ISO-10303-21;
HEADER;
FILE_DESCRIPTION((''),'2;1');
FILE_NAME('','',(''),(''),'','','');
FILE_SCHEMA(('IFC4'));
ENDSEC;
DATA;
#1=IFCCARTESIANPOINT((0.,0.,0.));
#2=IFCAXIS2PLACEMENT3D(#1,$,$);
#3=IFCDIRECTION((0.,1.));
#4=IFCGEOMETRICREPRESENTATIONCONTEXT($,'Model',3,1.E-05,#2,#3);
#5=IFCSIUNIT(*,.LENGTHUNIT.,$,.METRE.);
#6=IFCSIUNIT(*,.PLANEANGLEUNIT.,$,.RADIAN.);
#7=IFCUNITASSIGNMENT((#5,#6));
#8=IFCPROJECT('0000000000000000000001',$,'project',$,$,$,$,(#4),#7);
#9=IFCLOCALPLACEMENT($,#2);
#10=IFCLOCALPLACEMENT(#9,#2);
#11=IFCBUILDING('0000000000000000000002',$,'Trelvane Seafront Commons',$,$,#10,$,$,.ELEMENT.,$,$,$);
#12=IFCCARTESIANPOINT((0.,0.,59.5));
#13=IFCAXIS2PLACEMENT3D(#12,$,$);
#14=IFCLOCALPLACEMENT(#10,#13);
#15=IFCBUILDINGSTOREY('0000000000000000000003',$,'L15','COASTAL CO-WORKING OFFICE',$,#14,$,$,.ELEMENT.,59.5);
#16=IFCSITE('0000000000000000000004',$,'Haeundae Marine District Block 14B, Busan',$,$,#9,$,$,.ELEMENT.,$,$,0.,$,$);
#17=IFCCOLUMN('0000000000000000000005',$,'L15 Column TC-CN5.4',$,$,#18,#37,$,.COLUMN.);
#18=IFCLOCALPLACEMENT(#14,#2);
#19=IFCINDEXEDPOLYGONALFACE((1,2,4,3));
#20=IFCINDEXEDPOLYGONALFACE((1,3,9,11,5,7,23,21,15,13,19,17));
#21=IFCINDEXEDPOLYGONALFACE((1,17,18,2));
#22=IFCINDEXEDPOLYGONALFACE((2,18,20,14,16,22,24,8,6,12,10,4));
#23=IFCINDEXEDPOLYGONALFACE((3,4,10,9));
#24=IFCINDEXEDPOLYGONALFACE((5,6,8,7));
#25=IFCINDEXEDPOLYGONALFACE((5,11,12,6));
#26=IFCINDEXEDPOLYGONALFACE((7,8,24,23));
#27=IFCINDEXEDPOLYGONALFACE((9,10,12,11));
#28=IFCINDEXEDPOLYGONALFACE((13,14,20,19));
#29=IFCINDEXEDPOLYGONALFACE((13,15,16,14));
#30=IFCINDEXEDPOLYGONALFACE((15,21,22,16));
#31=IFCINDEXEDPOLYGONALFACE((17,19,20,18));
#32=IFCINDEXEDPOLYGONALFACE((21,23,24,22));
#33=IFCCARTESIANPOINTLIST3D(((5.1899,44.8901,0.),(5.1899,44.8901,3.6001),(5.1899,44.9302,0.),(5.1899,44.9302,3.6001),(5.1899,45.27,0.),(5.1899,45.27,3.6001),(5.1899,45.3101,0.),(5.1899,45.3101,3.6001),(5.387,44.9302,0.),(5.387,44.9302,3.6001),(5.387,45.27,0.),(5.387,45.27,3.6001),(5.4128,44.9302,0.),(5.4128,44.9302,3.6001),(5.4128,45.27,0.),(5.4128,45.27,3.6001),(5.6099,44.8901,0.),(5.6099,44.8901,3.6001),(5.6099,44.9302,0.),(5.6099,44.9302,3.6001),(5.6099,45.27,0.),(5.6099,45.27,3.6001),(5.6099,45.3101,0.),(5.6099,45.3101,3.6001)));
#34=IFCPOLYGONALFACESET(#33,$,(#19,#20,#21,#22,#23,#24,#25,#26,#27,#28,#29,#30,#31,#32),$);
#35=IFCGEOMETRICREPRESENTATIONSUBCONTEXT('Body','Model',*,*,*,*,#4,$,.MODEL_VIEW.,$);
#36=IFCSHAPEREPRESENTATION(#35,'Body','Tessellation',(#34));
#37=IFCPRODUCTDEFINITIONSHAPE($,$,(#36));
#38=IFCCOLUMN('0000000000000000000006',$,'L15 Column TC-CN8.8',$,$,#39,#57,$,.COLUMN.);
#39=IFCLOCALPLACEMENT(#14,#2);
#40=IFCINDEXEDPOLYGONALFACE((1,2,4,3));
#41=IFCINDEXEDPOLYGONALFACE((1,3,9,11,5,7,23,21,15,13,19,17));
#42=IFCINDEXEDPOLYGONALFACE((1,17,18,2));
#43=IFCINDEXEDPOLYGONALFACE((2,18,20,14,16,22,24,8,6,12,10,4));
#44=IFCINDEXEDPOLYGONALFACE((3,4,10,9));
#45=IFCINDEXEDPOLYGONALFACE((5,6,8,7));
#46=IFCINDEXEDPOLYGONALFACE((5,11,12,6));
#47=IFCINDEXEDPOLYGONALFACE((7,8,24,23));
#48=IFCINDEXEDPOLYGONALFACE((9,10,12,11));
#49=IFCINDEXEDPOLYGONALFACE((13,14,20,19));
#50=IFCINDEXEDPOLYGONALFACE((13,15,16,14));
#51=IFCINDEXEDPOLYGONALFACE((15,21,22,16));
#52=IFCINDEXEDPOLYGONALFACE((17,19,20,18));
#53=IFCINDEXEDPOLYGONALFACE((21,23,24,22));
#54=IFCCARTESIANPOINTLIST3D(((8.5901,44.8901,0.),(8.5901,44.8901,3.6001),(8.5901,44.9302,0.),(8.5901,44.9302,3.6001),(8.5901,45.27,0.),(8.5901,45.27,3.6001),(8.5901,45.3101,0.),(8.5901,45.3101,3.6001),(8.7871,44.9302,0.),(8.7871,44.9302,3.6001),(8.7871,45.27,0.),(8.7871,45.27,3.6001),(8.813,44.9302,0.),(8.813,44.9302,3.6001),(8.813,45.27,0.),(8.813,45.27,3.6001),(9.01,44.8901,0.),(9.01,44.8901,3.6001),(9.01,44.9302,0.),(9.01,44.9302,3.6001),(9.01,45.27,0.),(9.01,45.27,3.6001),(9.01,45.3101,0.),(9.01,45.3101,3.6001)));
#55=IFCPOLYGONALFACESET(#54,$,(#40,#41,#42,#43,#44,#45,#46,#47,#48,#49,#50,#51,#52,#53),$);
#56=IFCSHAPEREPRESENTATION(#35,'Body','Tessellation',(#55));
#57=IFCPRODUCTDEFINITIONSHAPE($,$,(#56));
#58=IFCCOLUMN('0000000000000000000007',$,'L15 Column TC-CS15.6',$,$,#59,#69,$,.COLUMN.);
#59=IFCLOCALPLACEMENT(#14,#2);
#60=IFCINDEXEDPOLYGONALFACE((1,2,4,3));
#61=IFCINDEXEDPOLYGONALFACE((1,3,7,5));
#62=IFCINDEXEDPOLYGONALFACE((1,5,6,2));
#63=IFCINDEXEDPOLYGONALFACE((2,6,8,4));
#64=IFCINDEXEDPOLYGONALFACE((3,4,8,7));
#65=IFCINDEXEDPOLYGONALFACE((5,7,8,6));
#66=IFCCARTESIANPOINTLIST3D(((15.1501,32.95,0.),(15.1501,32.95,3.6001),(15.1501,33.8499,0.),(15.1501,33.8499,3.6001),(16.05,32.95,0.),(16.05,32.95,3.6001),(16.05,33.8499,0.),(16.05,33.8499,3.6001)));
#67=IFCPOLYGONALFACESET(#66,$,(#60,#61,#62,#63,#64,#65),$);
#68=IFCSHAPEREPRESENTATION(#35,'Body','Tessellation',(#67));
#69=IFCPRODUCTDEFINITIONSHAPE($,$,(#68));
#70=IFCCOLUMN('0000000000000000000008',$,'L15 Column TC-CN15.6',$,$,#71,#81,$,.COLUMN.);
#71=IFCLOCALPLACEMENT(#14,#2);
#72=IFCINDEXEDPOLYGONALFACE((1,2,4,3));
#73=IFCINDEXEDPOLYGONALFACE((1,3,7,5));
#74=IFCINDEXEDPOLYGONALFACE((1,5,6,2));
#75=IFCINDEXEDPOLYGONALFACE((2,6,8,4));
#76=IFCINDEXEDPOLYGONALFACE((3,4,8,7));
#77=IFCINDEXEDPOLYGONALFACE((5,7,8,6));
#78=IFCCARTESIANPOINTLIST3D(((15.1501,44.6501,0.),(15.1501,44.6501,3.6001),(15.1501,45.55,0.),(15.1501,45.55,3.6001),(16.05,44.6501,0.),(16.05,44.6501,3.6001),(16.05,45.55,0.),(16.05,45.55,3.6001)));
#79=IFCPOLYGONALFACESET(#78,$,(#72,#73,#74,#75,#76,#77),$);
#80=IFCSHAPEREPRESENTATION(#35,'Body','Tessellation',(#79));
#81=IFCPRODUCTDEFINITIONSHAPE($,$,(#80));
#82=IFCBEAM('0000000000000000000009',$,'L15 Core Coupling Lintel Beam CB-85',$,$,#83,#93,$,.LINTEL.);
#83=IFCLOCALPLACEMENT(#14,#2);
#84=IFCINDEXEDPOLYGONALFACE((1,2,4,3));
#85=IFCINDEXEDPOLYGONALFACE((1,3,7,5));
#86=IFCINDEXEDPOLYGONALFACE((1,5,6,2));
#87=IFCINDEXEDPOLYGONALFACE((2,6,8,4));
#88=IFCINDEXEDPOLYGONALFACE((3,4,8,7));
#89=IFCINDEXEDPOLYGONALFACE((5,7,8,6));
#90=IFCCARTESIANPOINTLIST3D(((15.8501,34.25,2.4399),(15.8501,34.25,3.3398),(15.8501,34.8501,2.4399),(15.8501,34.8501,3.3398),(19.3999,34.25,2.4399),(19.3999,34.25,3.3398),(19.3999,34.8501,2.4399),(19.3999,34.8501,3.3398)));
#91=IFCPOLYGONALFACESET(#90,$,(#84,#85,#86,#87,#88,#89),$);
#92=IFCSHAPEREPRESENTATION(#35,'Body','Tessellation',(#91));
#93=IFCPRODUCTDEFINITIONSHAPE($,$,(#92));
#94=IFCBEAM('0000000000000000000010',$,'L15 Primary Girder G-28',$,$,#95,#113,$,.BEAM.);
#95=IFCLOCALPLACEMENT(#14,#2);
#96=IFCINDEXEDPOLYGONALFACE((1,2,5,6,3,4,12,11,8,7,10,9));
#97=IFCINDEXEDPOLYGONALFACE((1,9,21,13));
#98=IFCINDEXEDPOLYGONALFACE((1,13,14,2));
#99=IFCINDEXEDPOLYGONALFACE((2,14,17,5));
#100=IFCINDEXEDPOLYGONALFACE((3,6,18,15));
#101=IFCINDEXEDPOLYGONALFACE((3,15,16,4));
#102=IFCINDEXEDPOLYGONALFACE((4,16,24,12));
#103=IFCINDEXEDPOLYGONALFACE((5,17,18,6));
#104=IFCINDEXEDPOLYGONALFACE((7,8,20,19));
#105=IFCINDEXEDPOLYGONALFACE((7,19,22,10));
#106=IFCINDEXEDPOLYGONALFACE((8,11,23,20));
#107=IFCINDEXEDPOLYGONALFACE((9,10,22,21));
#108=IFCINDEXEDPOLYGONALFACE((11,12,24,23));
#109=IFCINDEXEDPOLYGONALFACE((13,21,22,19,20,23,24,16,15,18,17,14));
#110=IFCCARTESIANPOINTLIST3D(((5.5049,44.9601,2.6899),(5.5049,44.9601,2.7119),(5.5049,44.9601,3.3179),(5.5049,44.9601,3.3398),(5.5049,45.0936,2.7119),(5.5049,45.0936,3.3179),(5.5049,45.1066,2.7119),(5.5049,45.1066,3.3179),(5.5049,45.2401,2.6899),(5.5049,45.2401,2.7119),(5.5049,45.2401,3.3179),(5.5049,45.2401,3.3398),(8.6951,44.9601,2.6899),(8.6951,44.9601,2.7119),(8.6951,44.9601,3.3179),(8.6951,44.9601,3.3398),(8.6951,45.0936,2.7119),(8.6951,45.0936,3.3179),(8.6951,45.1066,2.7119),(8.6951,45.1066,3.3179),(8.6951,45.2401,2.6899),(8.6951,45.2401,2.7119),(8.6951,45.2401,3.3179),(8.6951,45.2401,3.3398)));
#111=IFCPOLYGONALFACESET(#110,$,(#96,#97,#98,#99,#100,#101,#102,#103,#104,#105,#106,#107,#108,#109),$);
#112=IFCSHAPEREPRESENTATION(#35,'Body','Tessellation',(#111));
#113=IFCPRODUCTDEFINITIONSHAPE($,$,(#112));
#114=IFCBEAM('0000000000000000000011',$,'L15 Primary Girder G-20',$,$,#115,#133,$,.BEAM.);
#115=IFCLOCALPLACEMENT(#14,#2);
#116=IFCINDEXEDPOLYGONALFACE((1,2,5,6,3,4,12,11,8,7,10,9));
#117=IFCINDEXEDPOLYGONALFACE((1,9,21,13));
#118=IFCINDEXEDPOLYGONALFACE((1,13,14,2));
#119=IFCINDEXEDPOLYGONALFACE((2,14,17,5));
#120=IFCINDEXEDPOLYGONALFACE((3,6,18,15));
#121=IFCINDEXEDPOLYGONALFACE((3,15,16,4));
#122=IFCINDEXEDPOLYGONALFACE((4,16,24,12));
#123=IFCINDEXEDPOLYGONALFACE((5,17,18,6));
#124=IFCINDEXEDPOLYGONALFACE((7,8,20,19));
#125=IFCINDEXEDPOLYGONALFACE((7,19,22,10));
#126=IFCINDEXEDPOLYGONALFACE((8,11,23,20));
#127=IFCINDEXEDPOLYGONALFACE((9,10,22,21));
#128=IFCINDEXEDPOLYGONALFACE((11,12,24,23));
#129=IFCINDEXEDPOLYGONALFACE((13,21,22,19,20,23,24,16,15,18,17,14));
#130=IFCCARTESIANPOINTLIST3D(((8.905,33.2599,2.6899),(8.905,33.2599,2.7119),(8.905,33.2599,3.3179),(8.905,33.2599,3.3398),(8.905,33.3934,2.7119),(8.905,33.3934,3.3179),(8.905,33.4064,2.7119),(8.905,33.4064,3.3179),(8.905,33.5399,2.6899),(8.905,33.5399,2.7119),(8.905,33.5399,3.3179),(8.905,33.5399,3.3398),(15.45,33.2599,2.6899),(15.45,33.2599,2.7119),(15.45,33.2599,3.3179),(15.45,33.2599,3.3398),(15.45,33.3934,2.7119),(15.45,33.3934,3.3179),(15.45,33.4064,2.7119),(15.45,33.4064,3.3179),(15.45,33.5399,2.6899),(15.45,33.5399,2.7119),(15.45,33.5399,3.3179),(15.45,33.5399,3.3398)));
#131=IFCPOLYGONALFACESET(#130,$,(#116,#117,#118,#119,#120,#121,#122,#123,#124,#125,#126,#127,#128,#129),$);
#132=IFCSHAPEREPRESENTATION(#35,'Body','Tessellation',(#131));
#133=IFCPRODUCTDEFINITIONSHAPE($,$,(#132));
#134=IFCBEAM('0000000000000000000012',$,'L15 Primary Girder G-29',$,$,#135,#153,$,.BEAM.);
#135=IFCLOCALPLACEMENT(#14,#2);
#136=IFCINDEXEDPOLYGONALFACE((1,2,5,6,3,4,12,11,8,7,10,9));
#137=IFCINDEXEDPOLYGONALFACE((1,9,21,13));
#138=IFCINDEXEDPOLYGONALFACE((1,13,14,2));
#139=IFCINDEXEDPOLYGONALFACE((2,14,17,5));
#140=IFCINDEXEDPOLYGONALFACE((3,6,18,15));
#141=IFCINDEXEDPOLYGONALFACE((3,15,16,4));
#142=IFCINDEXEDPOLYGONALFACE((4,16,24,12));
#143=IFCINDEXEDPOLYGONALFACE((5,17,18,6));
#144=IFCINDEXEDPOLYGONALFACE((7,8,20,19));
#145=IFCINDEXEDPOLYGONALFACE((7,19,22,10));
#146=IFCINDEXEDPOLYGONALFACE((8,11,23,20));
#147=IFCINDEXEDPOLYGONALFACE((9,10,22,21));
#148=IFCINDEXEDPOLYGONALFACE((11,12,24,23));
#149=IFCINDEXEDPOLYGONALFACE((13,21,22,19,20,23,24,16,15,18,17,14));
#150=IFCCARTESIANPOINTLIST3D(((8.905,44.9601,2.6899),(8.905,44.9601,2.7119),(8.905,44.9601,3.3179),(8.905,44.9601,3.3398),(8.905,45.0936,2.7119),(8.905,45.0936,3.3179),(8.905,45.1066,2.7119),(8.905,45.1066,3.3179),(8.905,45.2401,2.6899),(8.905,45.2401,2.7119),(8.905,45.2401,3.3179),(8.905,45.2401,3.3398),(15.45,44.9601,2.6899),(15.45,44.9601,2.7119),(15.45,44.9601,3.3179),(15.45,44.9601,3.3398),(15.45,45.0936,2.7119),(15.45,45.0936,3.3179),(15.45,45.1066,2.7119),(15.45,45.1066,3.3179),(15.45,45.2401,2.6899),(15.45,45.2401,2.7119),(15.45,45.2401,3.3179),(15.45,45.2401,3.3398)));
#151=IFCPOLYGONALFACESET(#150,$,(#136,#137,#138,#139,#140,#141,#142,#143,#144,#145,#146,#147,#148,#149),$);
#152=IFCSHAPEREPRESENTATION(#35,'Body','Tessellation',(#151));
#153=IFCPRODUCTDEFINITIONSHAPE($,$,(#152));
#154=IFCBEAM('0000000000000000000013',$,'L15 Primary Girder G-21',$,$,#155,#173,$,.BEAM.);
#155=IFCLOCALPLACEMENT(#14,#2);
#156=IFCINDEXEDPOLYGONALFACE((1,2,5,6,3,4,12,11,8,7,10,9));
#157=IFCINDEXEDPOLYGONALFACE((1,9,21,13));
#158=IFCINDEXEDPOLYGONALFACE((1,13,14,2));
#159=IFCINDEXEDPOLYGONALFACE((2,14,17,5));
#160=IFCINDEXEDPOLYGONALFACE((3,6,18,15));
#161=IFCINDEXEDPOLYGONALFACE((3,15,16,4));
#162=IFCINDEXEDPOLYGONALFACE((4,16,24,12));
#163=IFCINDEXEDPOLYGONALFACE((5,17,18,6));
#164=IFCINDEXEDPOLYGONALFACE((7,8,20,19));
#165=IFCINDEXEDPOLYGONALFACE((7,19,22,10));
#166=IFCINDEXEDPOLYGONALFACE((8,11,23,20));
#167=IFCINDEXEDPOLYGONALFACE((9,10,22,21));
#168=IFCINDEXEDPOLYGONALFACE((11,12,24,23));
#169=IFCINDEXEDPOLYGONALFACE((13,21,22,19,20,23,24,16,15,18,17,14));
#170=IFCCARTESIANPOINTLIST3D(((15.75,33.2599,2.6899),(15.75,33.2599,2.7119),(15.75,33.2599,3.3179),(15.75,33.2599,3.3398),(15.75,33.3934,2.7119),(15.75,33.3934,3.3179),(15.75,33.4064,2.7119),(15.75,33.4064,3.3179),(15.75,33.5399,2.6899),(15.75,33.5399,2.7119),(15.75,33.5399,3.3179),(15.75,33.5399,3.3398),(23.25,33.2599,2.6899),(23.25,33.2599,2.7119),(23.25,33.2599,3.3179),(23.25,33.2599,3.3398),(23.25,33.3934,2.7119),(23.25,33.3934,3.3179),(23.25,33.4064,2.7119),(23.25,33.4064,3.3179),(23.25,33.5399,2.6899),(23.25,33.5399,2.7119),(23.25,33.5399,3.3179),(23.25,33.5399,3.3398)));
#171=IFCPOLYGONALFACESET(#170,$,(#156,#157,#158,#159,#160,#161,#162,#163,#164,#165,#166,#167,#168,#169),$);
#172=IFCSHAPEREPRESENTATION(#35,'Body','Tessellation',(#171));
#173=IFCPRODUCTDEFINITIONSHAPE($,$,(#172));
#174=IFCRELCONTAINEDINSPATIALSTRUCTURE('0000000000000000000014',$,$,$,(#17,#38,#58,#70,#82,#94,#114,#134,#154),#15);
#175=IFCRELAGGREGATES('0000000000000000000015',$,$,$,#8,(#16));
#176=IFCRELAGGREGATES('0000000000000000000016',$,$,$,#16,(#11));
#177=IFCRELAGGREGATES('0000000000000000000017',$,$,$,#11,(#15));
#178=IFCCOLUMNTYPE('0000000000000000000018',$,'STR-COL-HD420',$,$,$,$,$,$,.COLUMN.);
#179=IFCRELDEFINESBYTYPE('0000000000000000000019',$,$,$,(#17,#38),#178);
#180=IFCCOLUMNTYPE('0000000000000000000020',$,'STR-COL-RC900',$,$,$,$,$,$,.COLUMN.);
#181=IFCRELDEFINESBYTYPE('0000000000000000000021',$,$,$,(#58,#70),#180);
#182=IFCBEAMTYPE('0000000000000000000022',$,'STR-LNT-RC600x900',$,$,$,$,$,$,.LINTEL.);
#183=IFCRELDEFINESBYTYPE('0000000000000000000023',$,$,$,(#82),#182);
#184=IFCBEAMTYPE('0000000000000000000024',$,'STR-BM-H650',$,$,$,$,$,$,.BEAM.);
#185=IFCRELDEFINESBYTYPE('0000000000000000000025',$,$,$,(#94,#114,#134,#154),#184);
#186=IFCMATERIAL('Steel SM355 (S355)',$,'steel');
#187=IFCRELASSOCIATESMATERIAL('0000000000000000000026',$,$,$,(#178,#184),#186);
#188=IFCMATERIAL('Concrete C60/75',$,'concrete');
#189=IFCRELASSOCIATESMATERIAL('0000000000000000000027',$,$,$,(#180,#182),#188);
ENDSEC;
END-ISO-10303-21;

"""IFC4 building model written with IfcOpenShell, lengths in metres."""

from ifc_helpers import new_model, si_unit, direction, frame, origin, origin_2d, place, context, subcontext, project, spatial, rectangle, i_section, extrude, source, transform, mapped, material, material_profile, profile_set, type_object, element, save


model = new_model("IFC4")

# Units and contexts
model_context = context("Model", 3, precision=1e-05, world=origin(), true_north=direction((0.0, 1.0)))
body_context = subcontext(model_context, "Body", "Model", "MODEL_VIEW")
ifc_project = project(units=[si_unit("LENGTHUNIT", "METRE"), si_unit("PLANEANGLEUNIT", "RADIAN")], contexts=[model_context])

# Site, building, storey
site_placement = place(None, origin())
site = spatial("IfcSite", under=ifc_project, at=site_placement, Name="Haeundae Marine District Block 14B, Busan", CompositionType="ELEMENT", RefElevation=0.0)
building_placement = place(site_placement, origin())
building = spatial("IfcBuilding", under=site, at=building_placement, Name="Trelvane Seafront Commons", CompositionType="ELEMENT")
storey_placement = place(building_placement, frame((0.0, 0.0, 59.5)))
storey = spatial("IfcBuildingStorey", under=building, at=storey_placement, Name="L15", Description="COASTAL CO-WORKING OFFICE", CompositionType="ELEMENT", Elevation=59.5)

# Columns
ifc_material_1 = material(Name="Steel SM355 (S355)", Category="steel")
ifc_material_profile_1 = material_profile(ifc_material_1, i_section(OverallWidth=0.4199, OverallDepth=0.4199, WebThickness=0.0259, FlangeThickness=0.04, at=origin_2d()), Name="HD-420x420x26x40")
ifc_profile_set_1 = profile_set([ifc_material_profile_1], Name="Steel SM355 (S355)")
column_type_1 = type_object("IfcColumnType", Name="STR-COL-HD420", PredefinedType="COLUMN", material=ifc_profile_set_1)
shared_shape_1 = source(origin(), body_context, "Body", "SweptSolid", [
    extrude(i_section(OverallWidth=0.4199, OverallDepth=0.4199, WebThickness=0.0259, FlangeThickness=0.04, at=origin_2d()), origin(), (0.0, 0.0, 1.0), 3.6001),
])
for number, where, z_axis, x_axis, name in (
    (1, (5.3999, 45.1001, 0.0), (0.0, 0.0, 1.0), (1.0, 0.0, 0.0), "L15 Column TC-CN5.4"),
    (2, (8.8, 45.1001, 0.0), (0.0, 0.0, 1.0), (1.0, 0.0, 0.0), "L15 Column TC-CN8.8"),
):
    element("IfcColumn", number, at=place(storey_placement, frame(where, z_axis=z_axis, x_axis=x_axis)), inside=storey, type_object=column_type_1, Name=name, PredefinedType="COLUMN", context=body_context, shape_type="MappedRepresentation", body=[
        mapped(shared_shape_1, transform((0.0, 0.0, 0.0), x_axis=(1.0, 0.0, 0.0), y_axis=(0.0, 1.0, 0.0), z_axis=(0.0, 0.0, 1.0), scale=1.0)),
    ])
ifc_material_2 = material(Name="Concrete C60/75", Category="concrete")
ifc_material_profile_2 = material_profile(ifc_material_2, rectangle(XDim=0.8999, YDim=0.8999, at=origin_2d()), Name="RC-900x900")
ifc_profile_set_2 = profile_set([ifc_material_profile_2], Name="Concrete C60/75")
column_type_2 = type_object("IfcColumnType", Name="STR-COL-RC900", PredefinedType="COLUMN", material=ifc_profile_set_2)
shared_shape_2 = source(origin(), body_context, "Body", "SweptSolid", [
    extrude(rectangle(XDim=0.8999, YDim=0.8999, at=origin_2d()), origin(), (0.0, 0.0, 1.0), 3.6001),
])
for number, where, z_axis, x_axis, name in (
    (3, (15.6001, 33.3999, 0.0), (0.0, 0.0, 1.0), (1.0, 0.0, 0.0), "L15 Column TC-CS15.6"),
    (4, (15.6001, 45.1001, 0.0), (0.0, 0.0, 1.0), (1.0, 0.0, 0.0), "L15 Column TC-CN15.6"),
):
    element("IfcColumn", number, at=place(storey_placement, frame(where, z_axis=z_axis, x_axis=x_axis)), inside=storey, type_object=column_type_2, Name=name, PredefinedType="COLUMN", context=body_context, shape_type="MappedRepresentation", body=[
        mapped(shared_shape_2, transform((0.0, 0.0, 0.0), x_axis=(1.0, 0.0, 0.0), y_axis=(0.0, 1.0, 0.0), z_axis=(0.0, 0.0, 1.0), scale=1.0)),
    ])

# Beams
ifc_material_profile_3 = material_profile(ifc_material_2, rectangle(XDim=0.6001, YDim=0.8999, at=origin_2d()), Name="RC-600x900")
ifc_profile_set_3 = profile_set([ifc_material_profile_3], Name="Concrete C60/75")
beam_type_1 = type_object("IfcBeamType", Name="STR-LNT-RC600x900", PredefinedType="LINTEL", material=ifc_profile_set_3)
shared_shape_3 = source(origin(), body_context, "Body", "SweptSolid", [
    extrude(rectangle(XDim=0.6001, YDim=0.8999, at=origin_2d()), origin(), (0.0, 0.0, 1.0), 3.5498),
])
beam_1_placement = place(storey_placement, frame((15.8501, 34.55, 2.8899), z_axis=(1.0, 0.0, 0.0), x_axis=(0.0, 1.0, 0.0)))
element("IfcBeam", 5, at=beam_1_placement, inside=storey, type_object=beam_type_1, Name="L15 Core Coupling Lintel Beam CB-85", PredefinedType="LINTEL", context=body_context, shape_type="MappedRepresentation", body=[
    mapped(shared_shape_3, transform((0.0, 0.0, 0.0), x_axis=(1.0, 0.0, 0.0), y_axis=(0.0, 1.0, 0.0), z_axis=(0.0, 0.0, 1.0), scale=1.0)),
])
ifc_material_profile_4 = material_profile(ifc_material_1, i_section(OverallWidth=0.28, OverallDepth=0.6499, WebThickness=0.0129, FlangeThickness=0.022, at=origin_2d()), Name="H-650x280x13x22")
ifc_profile_set_4 = profile_set([ifc_material_profile_4], Name="Steel SM355 (S355)")
beam_type_2 = type_object("IfcBeamType", Name="STR-BM-H650", PredefinedType="BEAM", material=ifc_profile_set_4)
shared_shape_4 = source(origin(), body_context, "Body", "SweptSolid", [
    extrude(i_section(OverallWidth=0.28, OverallDepth=0.6499, WebThickness=0.0129, FlangeThickness=0.022, at=origin_2d()), origin(), (0.0, 0.0, 1.0), 3.1902),
])
beam_2_placement = place(storey_placement, frame((5.5049, 45.1001, 3.0149), z_axis=(1.0, 0.0, 0.0), x_axis=(0.0, 1.0, 0.0)))
element("IfcBeam", 6, at=beam_2_placement, inside=storey, type_object=beam_type_2, Name="L15 Primary Girder G-28", PredefinedType="BEAM", context=body_context, shape_type="MappedRepresentation", body=[
    mapped(shared_shape_4, transform((0.0, 0.0, 0.0), x_axis=(1.0, 0.0, 0.0), y_axis=(0.0, 1.0, 0.0), z_axis=(0.0, 0.0, 1.0), scale=1.0)),
])
shared_shape_5 = source(origin(), body_context, "Body", "SweptSolid", [
    extrude(i_section(OverallWidth=0.28, OverallDepth=0.6499, WebThickness=0.0129, FlangeThickness=0.022, at=origin_2d()), origin(), (0.0, 0.0, 1.0), 6.5449),
])
for number, where, z_axis, x_axis, name in (
    (7, (8.905, 33.3999, 3.0149), (1.0, 0.0, 0.0), (0.0, 1.0, 0.0), "L15 Primary Girder G-20"),
    (8, (8.905, 45.1001, 3.0149), (1.0, 0.0, 0.0), (0.0, 1.0, 0.0), "L15 Primary Girder G-29"),
):
    element("IfcBeam", number, at=place(storey_placement, frame(where, z_axis=z_axis, x_axis=x_axis)), inside=storey, type_object=beam_type_2, Name=name, PredefinedType="BEAM", context=body_context, shape_type="MappedRepresentation", body=[
        mapped(shared_shape_5, transform((0.0, 0.0, 0.0), x_axis=(1.0, 0.0, 0.0), y_axis=(0.0, 1.0, 0.0), z_axis=(0.0, 0.0, 1.0), scale=1.0)),
    ])
shared_shape_6 = source(origin(), body_context, "Body", "SweptSolid", [
    extrude(i_section(OverallWidth=0.28, OverallDepth=0.6499, WebThickness=0.0129, FlangeThickness=0.022, at=origin_2d()), origin(), (0.0, 0.0, 1.0), 7.5),
])
for number, where, z_axis, x_axis, name in (
    (9, (15.75, 33.3999, 3.0149), (1.0, 0.0, 0.0), (0.0, 1.0, 0.0), "L15 Primary Girder G-21"),
):
    element("IfcBeam", number, at=place(storey_placement, frame(where, z_axis=z_axis, x_axis=x_axis)), inside=storey, type_object=beam_type_2, Name=name, PredefinedType="BEAM", context=body_context, shape_type="MappedRepresentation", body=[
        mapped(shared_shape_6, transform((0.0, 0.0, 0.0), x_axis=(1.0, 0.0, 0.0), y_axis=(0.0, 1.0, 0.0), z_axis=(0.0, 0.0, 1.0), scale=1.0)),
    ])

save(model, "model.ifc")
